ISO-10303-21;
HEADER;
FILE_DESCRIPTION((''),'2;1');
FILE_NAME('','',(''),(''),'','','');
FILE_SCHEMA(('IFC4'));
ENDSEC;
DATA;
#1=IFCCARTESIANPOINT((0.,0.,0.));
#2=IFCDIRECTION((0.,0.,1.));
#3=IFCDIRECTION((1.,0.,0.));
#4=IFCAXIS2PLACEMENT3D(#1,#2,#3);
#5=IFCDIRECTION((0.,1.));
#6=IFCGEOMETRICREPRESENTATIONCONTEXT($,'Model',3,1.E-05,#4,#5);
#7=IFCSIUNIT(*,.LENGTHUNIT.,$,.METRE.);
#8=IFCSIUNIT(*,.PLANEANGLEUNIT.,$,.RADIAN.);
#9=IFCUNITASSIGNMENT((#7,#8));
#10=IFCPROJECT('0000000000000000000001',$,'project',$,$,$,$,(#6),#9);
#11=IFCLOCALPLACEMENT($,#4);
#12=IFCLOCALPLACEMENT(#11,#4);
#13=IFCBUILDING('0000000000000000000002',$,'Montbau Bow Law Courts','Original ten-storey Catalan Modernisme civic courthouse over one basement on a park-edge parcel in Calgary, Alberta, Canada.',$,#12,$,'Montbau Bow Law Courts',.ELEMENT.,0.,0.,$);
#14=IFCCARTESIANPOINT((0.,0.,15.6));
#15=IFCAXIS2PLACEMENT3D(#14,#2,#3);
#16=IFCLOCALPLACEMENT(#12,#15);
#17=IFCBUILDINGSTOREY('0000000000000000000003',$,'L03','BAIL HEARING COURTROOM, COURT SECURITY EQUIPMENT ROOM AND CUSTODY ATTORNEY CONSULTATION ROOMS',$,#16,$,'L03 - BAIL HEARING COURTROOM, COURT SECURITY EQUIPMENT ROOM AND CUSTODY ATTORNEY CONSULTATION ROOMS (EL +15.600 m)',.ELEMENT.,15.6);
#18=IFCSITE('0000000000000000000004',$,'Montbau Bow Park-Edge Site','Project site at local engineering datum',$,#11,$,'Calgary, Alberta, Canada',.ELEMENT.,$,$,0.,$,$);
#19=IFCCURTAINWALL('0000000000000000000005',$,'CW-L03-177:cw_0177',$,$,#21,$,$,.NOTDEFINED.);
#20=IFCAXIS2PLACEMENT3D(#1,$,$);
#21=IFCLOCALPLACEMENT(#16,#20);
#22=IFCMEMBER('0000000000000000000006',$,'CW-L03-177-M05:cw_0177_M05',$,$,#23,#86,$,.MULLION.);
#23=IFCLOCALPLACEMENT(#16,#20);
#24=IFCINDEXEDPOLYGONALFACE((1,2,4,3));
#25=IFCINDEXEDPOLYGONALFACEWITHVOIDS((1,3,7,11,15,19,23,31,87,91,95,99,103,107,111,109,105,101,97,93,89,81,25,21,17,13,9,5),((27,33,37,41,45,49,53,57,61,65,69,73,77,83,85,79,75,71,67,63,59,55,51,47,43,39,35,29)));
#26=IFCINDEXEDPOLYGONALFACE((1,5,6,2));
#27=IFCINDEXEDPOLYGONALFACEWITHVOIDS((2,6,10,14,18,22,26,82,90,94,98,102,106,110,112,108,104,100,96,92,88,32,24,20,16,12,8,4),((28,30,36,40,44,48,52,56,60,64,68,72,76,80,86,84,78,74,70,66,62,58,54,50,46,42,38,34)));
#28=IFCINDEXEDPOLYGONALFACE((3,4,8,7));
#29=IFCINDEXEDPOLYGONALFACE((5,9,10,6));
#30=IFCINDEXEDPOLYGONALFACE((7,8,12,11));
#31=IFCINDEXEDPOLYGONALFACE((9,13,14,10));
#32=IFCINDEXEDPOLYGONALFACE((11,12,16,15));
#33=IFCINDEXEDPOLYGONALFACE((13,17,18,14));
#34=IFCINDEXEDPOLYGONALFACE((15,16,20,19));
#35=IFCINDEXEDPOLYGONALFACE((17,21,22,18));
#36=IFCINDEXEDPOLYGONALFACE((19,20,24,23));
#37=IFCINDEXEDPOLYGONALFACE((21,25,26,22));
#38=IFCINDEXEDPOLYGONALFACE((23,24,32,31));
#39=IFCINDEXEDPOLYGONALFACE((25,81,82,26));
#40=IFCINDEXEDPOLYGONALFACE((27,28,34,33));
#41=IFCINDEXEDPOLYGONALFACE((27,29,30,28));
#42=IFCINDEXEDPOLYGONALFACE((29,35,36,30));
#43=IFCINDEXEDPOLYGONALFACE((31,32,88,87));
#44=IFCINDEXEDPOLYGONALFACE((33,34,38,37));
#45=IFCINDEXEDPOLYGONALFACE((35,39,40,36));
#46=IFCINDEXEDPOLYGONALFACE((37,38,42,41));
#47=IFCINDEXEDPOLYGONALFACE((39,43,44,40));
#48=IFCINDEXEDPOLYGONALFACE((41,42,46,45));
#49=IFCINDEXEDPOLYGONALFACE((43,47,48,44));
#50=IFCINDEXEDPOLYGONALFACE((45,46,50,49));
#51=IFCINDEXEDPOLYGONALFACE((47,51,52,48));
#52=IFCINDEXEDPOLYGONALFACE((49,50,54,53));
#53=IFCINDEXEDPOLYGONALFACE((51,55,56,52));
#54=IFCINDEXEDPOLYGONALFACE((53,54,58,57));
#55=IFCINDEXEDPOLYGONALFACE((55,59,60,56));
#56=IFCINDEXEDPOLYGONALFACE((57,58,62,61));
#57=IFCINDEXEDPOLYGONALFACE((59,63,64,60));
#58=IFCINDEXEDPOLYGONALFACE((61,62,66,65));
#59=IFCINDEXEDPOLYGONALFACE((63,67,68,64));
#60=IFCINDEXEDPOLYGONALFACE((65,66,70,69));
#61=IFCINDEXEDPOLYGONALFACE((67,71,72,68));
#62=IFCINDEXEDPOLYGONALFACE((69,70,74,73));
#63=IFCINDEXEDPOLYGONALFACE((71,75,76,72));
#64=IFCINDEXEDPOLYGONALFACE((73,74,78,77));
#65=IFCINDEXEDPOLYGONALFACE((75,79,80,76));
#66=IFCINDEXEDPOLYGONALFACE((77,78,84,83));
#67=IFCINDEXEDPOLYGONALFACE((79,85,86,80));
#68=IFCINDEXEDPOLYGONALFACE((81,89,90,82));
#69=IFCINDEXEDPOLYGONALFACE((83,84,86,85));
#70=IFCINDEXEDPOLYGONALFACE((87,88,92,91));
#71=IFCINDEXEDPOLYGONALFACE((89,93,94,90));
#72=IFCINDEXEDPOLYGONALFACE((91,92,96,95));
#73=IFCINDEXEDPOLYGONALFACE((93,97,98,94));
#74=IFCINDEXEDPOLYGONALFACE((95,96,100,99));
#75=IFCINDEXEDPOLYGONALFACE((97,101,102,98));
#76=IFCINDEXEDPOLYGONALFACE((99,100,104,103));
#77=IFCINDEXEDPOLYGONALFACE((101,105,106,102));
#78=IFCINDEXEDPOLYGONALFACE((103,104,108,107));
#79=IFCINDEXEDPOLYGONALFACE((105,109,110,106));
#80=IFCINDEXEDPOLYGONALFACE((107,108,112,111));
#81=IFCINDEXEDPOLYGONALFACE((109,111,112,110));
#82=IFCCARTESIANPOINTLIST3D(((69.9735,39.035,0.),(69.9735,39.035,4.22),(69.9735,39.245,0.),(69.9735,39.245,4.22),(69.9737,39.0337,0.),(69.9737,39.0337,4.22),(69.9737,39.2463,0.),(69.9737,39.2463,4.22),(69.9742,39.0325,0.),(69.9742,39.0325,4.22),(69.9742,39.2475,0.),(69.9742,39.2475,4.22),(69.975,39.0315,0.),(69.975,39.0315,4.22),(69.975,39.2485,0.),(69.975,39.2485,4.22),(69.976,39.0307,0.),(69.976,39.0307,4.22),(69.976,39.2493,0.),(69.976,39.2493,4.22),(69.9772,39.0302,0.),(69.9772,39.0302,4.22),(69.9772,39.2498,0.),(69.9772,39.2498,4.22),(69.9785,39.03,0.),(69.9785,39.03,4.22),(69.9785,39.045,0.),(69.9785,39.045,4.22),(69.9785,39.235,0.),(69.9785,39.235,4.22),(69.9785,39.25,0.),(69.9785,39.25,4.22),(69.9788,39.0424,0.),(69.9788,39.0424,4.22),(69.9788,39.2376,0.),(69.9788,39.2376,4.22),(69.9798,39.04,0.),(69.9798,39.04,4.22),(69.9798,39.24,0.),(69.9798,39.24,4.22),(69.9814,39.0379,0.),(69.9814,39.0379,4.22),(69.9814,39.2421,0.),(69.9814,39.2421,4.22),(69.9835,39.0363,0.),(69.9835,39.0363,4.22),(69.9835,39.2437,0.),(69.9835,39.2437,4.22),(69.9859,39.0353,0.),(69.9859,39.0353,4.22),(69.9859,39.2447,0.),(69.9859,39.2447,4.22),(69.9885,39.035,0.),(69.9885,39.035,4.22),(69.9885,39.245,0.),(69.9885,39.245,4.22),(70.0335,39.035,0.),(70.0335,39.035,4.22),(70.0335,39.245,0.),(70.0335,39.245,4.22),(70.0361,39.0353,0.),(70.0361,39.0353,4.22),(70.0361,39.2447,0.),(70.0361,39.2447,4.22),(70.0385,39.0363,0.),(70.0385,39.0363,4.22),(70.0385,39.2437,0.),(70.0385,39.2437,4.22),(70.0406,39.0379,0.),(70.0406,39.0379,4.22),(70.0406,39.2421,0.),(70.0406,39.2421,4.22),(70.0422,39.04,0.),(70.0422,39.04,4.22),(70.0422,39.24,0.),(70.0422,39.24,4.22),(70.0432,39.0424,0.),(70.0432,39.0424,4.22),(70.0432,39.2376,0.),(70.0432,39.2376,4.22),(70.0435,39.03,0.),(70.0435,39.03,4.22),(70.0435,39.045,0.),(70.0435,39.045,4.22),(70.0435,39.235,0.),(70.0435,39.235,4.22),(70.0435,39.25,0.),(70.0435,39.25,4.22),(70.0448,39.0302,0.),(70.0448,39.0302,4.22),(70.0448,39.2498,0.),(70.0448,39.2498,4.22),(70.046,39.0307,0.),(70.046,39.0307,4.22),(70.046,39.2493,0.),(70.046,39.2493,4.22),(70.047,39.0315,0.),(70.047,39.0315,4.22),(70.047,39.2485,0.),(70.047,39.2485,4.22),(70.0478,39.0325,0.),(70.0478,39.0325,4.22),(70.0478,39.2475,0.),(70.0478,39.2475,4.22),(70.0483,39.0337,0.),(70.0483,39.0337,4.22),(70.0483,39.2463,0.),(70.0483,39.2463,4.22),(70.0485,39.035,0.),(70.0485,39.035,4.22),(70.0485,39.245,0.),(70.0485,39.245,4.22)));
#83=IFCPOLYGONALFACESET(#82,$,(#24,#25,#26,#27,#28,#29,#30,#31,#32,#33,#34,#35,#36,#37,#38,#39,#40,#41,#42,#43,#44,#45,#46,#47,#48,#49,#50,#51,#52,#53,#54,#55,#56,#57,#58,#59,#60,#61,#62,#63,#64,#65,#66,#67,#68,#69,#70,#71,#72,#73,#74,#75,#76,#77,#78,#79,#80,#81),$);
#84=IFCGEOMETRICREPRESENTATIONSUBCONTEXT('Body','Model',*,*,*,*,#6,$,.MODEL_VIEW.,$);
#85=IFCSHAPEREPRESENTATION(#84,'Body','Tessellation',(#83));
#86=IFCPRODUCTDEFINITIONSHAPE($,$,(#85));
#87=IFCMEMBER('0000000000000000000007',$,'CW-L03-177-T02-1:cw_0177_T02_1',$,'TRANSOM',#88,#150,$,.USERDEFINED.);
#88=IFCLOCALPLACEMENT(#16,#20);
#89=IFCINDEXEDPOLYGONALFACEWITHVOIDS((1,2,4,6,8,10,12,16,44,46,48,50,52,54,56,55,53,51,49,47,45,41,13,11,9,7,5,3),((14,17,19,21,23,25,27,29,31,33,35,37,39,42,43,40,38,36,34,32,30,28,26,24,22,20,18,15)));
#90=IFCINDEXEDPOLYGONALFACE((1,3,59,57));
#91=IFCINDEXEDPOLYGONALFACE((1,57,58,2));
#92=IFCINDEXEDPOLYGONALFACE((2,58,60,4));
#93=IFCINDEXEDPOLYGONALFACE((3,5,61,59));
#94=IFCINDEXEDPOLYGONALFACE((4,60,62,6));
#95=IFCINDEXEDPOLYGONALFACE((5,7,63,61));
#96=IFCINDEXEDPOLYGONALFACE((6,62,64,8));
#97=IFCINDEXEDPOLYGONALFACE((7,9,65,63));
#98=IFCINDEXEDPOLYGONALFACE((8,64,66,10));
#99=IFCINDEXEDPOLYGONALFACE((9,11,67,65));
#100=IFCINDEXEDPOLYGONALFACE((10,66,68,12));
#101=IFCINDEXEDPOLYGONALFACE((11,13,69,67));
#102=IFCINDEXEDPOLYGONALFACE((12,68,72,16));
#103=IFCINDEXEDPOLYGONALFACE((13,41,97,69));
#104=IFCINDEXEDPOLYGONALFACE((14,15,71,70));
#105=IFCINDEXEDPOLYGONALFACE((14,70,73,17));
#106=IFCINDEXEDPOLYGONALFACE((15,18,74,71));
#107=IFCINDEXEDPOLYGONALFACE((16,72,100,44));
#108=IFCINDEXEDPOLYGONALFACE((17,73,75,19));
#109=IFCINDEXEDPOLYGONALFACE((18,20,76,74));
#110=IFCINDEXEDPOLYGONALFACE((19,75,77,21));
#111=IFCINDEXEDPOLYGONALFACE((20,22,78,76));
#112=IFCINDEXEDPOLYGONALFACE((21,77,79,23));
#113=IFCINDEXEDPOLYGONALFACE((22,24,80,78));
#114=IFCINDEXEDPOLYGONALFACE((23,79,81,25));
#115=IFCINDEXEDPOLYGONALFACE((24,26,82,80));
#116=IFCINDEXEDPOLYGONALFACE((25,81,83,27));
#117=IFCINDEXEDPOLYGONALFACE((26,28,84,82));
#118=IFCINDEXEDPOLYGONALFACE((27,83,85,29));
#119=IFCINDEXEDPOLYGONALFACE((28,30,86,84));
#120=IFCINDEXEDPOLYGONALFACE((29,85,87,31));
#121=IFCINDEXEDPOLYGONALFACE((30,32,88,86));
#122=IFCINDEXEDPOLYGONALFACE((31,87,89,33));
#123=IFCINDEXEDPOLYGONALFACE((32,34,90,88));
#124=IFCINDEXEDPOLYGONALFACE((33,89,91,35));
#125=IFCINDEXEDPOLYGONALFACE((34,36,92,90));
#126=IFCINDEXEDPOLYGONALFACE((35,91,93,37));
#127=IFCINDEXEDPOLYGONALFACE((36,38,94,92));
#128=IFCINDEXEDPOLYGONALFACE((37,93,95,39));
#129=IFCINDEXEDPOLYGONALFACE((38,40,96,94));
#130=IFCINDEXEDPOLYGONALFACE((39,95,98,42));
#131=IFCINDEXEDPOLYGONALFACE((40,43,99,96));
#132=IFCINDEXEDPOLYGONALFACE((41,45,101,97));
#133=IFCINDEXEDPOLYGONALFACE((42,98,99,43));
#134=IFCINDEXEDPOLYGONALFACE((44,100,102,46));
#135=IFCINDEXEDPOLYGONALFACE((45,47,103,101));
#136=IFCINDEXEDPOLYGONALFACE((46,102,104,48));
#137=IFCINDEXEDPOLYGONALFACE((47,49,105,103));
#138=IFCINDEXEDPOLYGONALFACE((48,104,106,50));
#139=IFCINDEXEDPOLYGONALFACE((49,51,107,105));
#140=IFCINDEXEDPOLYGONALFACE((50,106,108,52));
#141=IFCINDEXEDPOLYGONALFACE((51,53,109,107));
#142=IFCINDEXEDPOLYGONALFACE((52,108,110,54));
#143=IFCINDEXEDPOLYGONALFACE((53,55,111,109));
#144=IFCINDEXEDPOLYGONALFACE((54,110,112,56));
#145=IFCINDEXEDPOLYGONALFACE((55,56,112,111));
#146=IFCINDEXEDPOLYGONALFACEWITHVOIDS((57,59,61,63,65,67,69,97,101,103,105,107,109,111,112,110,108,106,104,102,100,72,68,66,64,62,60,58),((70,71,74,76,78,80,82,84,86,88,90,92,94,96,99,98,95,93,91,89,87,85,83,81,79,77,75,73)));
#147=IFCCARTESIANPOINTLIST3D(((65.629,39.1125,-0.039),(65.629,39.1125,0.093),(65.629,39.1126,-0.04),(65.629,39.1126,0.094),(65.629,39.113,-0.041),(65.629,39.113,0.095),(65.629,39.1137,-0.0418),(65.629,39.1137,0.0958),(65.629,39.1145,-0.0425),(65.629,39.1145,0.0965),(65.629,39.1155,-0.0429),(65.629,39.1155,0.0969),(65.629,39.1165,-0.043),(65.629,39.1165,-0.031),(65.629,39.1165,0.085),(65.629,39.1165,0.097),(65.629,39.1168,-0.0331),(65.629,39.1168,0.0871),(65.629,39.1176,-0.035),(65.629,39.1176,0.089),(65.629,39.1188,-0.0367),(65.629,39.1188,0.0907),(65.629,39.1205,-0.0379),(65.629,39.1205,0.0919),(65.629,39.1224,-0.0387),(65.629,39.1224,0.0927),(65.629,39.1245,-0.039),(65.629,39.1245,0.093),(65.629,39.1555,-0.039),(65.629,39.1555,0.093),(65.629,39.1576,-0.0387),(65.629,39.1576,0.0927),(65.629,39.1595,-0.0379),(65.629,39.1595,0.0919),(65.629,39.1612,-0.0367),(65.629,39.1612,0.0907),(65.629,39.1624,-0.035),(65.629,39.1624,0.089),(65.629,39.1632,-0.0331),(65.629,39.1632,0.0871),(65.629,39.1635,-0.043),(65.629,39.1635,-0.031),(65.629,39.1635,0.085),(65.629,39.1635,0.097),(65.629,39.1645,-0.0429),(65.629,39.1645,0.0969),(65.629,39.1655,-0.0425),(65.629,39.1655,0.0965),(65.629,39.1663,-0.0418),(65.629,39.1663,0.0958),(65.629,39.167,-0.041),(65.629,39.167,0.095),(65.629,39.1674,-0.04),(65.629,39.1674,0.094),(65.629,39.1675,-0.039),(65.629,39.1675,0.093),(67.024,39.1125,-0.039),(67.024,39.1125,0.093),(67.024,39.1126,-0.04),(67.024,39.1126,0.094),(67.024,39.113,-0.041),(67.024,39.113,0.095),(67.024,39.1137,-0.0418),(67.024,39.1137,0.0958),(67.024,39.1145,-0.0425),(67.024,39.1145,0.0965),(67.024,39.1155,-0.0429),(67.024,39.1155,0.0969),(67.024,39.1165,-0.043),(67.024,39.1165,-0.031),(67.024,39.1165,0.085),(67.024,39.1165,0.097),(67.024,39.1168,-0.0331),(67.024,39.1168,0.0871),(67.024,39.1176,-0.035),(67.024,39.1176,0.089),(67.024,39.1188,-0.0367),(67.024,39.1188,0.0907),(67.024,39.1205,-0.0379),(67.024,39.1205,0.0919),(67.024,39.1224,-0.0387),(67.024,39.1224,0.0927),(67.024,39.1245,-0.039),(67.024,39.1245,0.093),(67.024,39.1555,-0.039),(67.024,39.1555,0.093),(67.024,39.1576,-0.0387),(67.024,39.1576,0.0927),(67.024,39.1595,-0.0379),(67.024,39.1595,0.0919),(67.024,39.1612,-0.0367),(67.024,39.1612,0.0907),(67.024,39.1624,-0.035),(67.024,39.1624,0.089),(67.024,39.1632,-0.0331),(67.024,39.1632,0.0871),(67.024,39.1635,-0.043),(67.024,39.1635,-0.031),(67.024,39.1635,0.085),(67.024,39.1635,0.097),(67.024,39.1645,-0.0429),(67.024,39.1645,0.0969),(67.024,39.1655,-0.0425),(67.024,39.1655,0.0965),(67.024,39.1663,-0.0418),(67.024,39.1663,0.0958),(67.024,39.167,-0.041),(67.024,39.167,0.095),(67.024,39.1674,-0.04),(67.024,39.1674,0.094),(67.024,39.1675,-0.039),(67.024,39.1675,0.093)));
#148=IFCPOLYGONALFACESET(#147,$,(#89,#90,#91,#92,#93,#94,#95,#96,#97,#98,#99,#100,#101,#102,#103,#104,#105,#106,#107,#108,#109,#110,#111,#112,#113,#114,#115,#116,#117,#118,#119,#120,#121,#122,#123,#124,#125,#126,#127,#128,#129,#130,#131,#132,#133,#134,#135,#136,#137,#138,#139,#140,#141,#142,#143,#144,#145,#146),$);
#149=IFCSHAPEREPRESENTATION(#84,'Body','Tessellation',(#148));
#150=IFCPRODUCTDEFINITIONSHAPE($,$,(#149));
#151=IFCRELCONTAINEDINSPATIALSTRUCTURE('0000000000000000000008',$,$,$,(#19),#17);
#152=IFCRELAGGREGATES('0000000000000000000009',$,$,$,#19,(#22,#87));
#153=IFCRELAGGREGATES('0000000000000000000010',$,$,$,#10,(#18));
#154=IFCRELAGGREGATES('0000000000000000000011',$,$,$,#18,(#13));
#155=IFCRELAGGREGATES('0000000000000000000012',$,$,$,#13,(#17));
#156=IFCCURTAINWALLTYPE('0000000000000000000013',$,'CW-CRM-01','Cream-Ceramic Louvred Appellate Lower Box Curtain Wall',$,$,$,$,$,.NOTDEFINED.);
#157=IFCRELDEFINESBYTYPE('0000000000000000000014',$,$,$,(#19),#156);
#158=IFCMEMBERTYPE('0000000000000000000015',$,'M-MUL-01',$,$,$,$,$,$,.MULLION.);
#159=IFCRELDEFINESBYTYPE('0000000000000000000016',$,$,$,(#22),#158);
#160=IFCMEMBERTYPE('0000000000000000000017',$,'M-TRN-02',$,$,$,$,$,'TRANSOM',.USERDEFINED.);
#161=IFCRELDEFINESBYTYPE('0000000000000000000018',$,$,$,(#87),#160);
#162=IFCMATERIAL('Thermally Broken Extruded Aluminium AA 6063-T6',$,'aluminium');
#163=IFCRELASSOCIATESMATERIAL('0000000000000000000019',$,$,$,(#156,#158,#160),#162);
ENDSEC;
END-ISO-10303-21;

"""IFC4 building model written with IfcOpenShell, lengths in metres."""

from ifc_helpers import new_model, si_unit, direction, frame, origin_with_axes, origin_2d_with_axis, place, context, subcontext, project, spatial, hollow_rectangle, extrude, material, material_profile, profile_set, type_object, element, aggregate, save


model = new_model("IFC4")

# Units and contexts
model_context = context("Model", 3, precision=1e-05, world=origin_with_axes(), true_north=direction((0.0, 1.0)))
body_context = subcontext(model_context, "Body", "Model", "MODEL_VIEW")
ifc_project = project(units=[si_unit("LENGTHUNIT", "METRE"), si_unit("PLANEANGLEUNIT", "RADIAN")], contexts=[model_context])

# Site, building, storey
site_placement = place(None, origin_with_axes())
site = spatial("IfcSite", under=ifc_project, at=site_placement, Name="Montbau Bow Park-Edge Site", Description="Project site at local engineering datum", LongName="Calgary, Alberta, Canada", CompositionType="ELEMENT", RefElevation=0.0)
building_placement = place(site_placement, origin_with_axes())
building = spatial("IfcBuilding", under=site, at=building_placement, Name="Montbau Bow Law Courts", Description="Original ten-storey Catalan Modernisme civic courthouse over one basement on a park-edge parcel in Calgary, Alberta, Canada.", LongName="Montbau Bow Law Courts", CompositionType="ELEMENT", ElevationOfRefHeight=0.0, ElevationOfTerrain=0.0)
storey_placement = place(building_placement, frame((0.0, 0.0, 15.6), z_axis=(0.0, 0.0, 1.0), x_axis=(1.0, 0.0, 0.0)))
storey = spatial("IfcBuildingStorey", under=building, at=storey_placement, Name="L03", Description="BAIL HEARING COURTROOM, COURT SECURITY EQUIPMENT ROOM AND CUSTODY ATTORNEY CONSULTATION ROOMS", LongName="L03 - BAIL HEARING COURTROOM, COURT SECURITY EQUIPMENT ROOM AND CUSTODY ATTORNEY CONSULTATION ROOMS (EL +15.600 m)", CompositionType="ELEMENT", Elevation=15.6)

# Curtain wall, members
ifc_material_1 = material(Name="Thermally Broken Extruded Aluminium AA 6063-T6", Category="aluminium")
curtain_wall_type = type_object("IfcCurtainWallType", Name="CW-CRM-01", Description="Cream-Ceramic Louvred Appellate Lower Box Curtain Wall", PredefinedType="NOTDEFINED", material=ifc_material_1)
curtain_wall_placement = place(None, frame((64.115, 39.14, 15.6), z_axis=(0.0, 0.0, 1.0), x_axis=(1.0, 0.0, 0.0)))
curtain_wall = element("IfcCurtainWall", 1, at=curtain_wall_placement, inside=storey, type_object=curtain_wall_type, Name="CW-L03-177:cw_0177", PredefinedType="NOTDEFINED")
ifc_material_profile_1 = material_profile(ifc_material_1, hollow_rectangle(XDim=0.075, YDim=0.22, WallThickness=0.005, InnerFilletRadius=0.01, OuterFilletRadius=0.005, at=origin_2d_with_axis()), Name="CWM-220X75", Category="Main", Priority=0)
ifc_profile_set_1 = profile_set([ifc_material_profile_1], Name="Thermally Broken Extruded Aluminium AA 6063-T6")
member_type_1 = type_object("IfcMemberType", Name="M-MUL-01", PredefinedType="MULLION", material=ifc_profile_set_1)
member_1_placement = place(None, frame((70.011, 39.14, 15.6), z_axis=(0.0, 0.0, 1.0), x_axis=(1.0, 0.0, 0.0)))
member_1 = element("IfcMember", 2, at=member_1_placement, type_object=member_type_1, Name="CW-L03-177-M05:cw_0177_M05", PredefinedType="MULLION", context=body_context, shape_type="SweptSolid", body=[
    extrude(hollow_rectangle(XDim=0.075, YDim=0.22, WallThickness=0.005, InnerFilletRadius=0.01, OuterFilletRadius=0.005, at=origin_2d_with_axis()), origin_with_axes(), (0.0, 0.0, 1.0), 4.22),
])
ifc_material_profile_2 = material_profile(ifc_material_1, hollow_rectangle(XDim=0.055, YDim=0.14, WallThickness=0.004, InnerFilletRadius=0.008, OuterFilletRadius=0.004, at=origin_2d_with_axis()), Name="CWT-140X55", Category="Main", Priority=0)
ifc_profile_set_2 = profile_set([ifc_material_profile_2], Name="Thermally Broken Extruded Aluminium AA 6063-T6")
member_type_2 = type_object("IfcMemberType", Name="M-TRN-02", ElementType="TRANSOM", PredefinedType="USERDEFINED", material=ifc_profile_set_2)
member_2_placement = place(None, frame((65.629, 39.14, 15.627), z_axis=(1.0, 0.0, 0.0), x_axis=(0.0, 1.0, 0.0)))
member_2 = element("IfcMember", 3, at=member_2_placement, type_object=member_type_2, Name="CW-L03-177-T02-1:cw_0177_T02_1", ObjectType="TRANSOM", PredefinedType="USERDEFINED", context=body_context, shape_type="SweptSolid", body=[
    extrude(hollow_rectangle(XDim=0.055, YDim=0.14, WallThickness=0.004, InnerFilletRadius=0.008, OuterFilletRadius=0.004, at=origin_2d_with_axis()), origin_with_axes(), (0.0, 0.0, 1.0), 1.395),
])
aggregate(curtain_wall, [member_1, member_2])

save(model, "model.ifc")
